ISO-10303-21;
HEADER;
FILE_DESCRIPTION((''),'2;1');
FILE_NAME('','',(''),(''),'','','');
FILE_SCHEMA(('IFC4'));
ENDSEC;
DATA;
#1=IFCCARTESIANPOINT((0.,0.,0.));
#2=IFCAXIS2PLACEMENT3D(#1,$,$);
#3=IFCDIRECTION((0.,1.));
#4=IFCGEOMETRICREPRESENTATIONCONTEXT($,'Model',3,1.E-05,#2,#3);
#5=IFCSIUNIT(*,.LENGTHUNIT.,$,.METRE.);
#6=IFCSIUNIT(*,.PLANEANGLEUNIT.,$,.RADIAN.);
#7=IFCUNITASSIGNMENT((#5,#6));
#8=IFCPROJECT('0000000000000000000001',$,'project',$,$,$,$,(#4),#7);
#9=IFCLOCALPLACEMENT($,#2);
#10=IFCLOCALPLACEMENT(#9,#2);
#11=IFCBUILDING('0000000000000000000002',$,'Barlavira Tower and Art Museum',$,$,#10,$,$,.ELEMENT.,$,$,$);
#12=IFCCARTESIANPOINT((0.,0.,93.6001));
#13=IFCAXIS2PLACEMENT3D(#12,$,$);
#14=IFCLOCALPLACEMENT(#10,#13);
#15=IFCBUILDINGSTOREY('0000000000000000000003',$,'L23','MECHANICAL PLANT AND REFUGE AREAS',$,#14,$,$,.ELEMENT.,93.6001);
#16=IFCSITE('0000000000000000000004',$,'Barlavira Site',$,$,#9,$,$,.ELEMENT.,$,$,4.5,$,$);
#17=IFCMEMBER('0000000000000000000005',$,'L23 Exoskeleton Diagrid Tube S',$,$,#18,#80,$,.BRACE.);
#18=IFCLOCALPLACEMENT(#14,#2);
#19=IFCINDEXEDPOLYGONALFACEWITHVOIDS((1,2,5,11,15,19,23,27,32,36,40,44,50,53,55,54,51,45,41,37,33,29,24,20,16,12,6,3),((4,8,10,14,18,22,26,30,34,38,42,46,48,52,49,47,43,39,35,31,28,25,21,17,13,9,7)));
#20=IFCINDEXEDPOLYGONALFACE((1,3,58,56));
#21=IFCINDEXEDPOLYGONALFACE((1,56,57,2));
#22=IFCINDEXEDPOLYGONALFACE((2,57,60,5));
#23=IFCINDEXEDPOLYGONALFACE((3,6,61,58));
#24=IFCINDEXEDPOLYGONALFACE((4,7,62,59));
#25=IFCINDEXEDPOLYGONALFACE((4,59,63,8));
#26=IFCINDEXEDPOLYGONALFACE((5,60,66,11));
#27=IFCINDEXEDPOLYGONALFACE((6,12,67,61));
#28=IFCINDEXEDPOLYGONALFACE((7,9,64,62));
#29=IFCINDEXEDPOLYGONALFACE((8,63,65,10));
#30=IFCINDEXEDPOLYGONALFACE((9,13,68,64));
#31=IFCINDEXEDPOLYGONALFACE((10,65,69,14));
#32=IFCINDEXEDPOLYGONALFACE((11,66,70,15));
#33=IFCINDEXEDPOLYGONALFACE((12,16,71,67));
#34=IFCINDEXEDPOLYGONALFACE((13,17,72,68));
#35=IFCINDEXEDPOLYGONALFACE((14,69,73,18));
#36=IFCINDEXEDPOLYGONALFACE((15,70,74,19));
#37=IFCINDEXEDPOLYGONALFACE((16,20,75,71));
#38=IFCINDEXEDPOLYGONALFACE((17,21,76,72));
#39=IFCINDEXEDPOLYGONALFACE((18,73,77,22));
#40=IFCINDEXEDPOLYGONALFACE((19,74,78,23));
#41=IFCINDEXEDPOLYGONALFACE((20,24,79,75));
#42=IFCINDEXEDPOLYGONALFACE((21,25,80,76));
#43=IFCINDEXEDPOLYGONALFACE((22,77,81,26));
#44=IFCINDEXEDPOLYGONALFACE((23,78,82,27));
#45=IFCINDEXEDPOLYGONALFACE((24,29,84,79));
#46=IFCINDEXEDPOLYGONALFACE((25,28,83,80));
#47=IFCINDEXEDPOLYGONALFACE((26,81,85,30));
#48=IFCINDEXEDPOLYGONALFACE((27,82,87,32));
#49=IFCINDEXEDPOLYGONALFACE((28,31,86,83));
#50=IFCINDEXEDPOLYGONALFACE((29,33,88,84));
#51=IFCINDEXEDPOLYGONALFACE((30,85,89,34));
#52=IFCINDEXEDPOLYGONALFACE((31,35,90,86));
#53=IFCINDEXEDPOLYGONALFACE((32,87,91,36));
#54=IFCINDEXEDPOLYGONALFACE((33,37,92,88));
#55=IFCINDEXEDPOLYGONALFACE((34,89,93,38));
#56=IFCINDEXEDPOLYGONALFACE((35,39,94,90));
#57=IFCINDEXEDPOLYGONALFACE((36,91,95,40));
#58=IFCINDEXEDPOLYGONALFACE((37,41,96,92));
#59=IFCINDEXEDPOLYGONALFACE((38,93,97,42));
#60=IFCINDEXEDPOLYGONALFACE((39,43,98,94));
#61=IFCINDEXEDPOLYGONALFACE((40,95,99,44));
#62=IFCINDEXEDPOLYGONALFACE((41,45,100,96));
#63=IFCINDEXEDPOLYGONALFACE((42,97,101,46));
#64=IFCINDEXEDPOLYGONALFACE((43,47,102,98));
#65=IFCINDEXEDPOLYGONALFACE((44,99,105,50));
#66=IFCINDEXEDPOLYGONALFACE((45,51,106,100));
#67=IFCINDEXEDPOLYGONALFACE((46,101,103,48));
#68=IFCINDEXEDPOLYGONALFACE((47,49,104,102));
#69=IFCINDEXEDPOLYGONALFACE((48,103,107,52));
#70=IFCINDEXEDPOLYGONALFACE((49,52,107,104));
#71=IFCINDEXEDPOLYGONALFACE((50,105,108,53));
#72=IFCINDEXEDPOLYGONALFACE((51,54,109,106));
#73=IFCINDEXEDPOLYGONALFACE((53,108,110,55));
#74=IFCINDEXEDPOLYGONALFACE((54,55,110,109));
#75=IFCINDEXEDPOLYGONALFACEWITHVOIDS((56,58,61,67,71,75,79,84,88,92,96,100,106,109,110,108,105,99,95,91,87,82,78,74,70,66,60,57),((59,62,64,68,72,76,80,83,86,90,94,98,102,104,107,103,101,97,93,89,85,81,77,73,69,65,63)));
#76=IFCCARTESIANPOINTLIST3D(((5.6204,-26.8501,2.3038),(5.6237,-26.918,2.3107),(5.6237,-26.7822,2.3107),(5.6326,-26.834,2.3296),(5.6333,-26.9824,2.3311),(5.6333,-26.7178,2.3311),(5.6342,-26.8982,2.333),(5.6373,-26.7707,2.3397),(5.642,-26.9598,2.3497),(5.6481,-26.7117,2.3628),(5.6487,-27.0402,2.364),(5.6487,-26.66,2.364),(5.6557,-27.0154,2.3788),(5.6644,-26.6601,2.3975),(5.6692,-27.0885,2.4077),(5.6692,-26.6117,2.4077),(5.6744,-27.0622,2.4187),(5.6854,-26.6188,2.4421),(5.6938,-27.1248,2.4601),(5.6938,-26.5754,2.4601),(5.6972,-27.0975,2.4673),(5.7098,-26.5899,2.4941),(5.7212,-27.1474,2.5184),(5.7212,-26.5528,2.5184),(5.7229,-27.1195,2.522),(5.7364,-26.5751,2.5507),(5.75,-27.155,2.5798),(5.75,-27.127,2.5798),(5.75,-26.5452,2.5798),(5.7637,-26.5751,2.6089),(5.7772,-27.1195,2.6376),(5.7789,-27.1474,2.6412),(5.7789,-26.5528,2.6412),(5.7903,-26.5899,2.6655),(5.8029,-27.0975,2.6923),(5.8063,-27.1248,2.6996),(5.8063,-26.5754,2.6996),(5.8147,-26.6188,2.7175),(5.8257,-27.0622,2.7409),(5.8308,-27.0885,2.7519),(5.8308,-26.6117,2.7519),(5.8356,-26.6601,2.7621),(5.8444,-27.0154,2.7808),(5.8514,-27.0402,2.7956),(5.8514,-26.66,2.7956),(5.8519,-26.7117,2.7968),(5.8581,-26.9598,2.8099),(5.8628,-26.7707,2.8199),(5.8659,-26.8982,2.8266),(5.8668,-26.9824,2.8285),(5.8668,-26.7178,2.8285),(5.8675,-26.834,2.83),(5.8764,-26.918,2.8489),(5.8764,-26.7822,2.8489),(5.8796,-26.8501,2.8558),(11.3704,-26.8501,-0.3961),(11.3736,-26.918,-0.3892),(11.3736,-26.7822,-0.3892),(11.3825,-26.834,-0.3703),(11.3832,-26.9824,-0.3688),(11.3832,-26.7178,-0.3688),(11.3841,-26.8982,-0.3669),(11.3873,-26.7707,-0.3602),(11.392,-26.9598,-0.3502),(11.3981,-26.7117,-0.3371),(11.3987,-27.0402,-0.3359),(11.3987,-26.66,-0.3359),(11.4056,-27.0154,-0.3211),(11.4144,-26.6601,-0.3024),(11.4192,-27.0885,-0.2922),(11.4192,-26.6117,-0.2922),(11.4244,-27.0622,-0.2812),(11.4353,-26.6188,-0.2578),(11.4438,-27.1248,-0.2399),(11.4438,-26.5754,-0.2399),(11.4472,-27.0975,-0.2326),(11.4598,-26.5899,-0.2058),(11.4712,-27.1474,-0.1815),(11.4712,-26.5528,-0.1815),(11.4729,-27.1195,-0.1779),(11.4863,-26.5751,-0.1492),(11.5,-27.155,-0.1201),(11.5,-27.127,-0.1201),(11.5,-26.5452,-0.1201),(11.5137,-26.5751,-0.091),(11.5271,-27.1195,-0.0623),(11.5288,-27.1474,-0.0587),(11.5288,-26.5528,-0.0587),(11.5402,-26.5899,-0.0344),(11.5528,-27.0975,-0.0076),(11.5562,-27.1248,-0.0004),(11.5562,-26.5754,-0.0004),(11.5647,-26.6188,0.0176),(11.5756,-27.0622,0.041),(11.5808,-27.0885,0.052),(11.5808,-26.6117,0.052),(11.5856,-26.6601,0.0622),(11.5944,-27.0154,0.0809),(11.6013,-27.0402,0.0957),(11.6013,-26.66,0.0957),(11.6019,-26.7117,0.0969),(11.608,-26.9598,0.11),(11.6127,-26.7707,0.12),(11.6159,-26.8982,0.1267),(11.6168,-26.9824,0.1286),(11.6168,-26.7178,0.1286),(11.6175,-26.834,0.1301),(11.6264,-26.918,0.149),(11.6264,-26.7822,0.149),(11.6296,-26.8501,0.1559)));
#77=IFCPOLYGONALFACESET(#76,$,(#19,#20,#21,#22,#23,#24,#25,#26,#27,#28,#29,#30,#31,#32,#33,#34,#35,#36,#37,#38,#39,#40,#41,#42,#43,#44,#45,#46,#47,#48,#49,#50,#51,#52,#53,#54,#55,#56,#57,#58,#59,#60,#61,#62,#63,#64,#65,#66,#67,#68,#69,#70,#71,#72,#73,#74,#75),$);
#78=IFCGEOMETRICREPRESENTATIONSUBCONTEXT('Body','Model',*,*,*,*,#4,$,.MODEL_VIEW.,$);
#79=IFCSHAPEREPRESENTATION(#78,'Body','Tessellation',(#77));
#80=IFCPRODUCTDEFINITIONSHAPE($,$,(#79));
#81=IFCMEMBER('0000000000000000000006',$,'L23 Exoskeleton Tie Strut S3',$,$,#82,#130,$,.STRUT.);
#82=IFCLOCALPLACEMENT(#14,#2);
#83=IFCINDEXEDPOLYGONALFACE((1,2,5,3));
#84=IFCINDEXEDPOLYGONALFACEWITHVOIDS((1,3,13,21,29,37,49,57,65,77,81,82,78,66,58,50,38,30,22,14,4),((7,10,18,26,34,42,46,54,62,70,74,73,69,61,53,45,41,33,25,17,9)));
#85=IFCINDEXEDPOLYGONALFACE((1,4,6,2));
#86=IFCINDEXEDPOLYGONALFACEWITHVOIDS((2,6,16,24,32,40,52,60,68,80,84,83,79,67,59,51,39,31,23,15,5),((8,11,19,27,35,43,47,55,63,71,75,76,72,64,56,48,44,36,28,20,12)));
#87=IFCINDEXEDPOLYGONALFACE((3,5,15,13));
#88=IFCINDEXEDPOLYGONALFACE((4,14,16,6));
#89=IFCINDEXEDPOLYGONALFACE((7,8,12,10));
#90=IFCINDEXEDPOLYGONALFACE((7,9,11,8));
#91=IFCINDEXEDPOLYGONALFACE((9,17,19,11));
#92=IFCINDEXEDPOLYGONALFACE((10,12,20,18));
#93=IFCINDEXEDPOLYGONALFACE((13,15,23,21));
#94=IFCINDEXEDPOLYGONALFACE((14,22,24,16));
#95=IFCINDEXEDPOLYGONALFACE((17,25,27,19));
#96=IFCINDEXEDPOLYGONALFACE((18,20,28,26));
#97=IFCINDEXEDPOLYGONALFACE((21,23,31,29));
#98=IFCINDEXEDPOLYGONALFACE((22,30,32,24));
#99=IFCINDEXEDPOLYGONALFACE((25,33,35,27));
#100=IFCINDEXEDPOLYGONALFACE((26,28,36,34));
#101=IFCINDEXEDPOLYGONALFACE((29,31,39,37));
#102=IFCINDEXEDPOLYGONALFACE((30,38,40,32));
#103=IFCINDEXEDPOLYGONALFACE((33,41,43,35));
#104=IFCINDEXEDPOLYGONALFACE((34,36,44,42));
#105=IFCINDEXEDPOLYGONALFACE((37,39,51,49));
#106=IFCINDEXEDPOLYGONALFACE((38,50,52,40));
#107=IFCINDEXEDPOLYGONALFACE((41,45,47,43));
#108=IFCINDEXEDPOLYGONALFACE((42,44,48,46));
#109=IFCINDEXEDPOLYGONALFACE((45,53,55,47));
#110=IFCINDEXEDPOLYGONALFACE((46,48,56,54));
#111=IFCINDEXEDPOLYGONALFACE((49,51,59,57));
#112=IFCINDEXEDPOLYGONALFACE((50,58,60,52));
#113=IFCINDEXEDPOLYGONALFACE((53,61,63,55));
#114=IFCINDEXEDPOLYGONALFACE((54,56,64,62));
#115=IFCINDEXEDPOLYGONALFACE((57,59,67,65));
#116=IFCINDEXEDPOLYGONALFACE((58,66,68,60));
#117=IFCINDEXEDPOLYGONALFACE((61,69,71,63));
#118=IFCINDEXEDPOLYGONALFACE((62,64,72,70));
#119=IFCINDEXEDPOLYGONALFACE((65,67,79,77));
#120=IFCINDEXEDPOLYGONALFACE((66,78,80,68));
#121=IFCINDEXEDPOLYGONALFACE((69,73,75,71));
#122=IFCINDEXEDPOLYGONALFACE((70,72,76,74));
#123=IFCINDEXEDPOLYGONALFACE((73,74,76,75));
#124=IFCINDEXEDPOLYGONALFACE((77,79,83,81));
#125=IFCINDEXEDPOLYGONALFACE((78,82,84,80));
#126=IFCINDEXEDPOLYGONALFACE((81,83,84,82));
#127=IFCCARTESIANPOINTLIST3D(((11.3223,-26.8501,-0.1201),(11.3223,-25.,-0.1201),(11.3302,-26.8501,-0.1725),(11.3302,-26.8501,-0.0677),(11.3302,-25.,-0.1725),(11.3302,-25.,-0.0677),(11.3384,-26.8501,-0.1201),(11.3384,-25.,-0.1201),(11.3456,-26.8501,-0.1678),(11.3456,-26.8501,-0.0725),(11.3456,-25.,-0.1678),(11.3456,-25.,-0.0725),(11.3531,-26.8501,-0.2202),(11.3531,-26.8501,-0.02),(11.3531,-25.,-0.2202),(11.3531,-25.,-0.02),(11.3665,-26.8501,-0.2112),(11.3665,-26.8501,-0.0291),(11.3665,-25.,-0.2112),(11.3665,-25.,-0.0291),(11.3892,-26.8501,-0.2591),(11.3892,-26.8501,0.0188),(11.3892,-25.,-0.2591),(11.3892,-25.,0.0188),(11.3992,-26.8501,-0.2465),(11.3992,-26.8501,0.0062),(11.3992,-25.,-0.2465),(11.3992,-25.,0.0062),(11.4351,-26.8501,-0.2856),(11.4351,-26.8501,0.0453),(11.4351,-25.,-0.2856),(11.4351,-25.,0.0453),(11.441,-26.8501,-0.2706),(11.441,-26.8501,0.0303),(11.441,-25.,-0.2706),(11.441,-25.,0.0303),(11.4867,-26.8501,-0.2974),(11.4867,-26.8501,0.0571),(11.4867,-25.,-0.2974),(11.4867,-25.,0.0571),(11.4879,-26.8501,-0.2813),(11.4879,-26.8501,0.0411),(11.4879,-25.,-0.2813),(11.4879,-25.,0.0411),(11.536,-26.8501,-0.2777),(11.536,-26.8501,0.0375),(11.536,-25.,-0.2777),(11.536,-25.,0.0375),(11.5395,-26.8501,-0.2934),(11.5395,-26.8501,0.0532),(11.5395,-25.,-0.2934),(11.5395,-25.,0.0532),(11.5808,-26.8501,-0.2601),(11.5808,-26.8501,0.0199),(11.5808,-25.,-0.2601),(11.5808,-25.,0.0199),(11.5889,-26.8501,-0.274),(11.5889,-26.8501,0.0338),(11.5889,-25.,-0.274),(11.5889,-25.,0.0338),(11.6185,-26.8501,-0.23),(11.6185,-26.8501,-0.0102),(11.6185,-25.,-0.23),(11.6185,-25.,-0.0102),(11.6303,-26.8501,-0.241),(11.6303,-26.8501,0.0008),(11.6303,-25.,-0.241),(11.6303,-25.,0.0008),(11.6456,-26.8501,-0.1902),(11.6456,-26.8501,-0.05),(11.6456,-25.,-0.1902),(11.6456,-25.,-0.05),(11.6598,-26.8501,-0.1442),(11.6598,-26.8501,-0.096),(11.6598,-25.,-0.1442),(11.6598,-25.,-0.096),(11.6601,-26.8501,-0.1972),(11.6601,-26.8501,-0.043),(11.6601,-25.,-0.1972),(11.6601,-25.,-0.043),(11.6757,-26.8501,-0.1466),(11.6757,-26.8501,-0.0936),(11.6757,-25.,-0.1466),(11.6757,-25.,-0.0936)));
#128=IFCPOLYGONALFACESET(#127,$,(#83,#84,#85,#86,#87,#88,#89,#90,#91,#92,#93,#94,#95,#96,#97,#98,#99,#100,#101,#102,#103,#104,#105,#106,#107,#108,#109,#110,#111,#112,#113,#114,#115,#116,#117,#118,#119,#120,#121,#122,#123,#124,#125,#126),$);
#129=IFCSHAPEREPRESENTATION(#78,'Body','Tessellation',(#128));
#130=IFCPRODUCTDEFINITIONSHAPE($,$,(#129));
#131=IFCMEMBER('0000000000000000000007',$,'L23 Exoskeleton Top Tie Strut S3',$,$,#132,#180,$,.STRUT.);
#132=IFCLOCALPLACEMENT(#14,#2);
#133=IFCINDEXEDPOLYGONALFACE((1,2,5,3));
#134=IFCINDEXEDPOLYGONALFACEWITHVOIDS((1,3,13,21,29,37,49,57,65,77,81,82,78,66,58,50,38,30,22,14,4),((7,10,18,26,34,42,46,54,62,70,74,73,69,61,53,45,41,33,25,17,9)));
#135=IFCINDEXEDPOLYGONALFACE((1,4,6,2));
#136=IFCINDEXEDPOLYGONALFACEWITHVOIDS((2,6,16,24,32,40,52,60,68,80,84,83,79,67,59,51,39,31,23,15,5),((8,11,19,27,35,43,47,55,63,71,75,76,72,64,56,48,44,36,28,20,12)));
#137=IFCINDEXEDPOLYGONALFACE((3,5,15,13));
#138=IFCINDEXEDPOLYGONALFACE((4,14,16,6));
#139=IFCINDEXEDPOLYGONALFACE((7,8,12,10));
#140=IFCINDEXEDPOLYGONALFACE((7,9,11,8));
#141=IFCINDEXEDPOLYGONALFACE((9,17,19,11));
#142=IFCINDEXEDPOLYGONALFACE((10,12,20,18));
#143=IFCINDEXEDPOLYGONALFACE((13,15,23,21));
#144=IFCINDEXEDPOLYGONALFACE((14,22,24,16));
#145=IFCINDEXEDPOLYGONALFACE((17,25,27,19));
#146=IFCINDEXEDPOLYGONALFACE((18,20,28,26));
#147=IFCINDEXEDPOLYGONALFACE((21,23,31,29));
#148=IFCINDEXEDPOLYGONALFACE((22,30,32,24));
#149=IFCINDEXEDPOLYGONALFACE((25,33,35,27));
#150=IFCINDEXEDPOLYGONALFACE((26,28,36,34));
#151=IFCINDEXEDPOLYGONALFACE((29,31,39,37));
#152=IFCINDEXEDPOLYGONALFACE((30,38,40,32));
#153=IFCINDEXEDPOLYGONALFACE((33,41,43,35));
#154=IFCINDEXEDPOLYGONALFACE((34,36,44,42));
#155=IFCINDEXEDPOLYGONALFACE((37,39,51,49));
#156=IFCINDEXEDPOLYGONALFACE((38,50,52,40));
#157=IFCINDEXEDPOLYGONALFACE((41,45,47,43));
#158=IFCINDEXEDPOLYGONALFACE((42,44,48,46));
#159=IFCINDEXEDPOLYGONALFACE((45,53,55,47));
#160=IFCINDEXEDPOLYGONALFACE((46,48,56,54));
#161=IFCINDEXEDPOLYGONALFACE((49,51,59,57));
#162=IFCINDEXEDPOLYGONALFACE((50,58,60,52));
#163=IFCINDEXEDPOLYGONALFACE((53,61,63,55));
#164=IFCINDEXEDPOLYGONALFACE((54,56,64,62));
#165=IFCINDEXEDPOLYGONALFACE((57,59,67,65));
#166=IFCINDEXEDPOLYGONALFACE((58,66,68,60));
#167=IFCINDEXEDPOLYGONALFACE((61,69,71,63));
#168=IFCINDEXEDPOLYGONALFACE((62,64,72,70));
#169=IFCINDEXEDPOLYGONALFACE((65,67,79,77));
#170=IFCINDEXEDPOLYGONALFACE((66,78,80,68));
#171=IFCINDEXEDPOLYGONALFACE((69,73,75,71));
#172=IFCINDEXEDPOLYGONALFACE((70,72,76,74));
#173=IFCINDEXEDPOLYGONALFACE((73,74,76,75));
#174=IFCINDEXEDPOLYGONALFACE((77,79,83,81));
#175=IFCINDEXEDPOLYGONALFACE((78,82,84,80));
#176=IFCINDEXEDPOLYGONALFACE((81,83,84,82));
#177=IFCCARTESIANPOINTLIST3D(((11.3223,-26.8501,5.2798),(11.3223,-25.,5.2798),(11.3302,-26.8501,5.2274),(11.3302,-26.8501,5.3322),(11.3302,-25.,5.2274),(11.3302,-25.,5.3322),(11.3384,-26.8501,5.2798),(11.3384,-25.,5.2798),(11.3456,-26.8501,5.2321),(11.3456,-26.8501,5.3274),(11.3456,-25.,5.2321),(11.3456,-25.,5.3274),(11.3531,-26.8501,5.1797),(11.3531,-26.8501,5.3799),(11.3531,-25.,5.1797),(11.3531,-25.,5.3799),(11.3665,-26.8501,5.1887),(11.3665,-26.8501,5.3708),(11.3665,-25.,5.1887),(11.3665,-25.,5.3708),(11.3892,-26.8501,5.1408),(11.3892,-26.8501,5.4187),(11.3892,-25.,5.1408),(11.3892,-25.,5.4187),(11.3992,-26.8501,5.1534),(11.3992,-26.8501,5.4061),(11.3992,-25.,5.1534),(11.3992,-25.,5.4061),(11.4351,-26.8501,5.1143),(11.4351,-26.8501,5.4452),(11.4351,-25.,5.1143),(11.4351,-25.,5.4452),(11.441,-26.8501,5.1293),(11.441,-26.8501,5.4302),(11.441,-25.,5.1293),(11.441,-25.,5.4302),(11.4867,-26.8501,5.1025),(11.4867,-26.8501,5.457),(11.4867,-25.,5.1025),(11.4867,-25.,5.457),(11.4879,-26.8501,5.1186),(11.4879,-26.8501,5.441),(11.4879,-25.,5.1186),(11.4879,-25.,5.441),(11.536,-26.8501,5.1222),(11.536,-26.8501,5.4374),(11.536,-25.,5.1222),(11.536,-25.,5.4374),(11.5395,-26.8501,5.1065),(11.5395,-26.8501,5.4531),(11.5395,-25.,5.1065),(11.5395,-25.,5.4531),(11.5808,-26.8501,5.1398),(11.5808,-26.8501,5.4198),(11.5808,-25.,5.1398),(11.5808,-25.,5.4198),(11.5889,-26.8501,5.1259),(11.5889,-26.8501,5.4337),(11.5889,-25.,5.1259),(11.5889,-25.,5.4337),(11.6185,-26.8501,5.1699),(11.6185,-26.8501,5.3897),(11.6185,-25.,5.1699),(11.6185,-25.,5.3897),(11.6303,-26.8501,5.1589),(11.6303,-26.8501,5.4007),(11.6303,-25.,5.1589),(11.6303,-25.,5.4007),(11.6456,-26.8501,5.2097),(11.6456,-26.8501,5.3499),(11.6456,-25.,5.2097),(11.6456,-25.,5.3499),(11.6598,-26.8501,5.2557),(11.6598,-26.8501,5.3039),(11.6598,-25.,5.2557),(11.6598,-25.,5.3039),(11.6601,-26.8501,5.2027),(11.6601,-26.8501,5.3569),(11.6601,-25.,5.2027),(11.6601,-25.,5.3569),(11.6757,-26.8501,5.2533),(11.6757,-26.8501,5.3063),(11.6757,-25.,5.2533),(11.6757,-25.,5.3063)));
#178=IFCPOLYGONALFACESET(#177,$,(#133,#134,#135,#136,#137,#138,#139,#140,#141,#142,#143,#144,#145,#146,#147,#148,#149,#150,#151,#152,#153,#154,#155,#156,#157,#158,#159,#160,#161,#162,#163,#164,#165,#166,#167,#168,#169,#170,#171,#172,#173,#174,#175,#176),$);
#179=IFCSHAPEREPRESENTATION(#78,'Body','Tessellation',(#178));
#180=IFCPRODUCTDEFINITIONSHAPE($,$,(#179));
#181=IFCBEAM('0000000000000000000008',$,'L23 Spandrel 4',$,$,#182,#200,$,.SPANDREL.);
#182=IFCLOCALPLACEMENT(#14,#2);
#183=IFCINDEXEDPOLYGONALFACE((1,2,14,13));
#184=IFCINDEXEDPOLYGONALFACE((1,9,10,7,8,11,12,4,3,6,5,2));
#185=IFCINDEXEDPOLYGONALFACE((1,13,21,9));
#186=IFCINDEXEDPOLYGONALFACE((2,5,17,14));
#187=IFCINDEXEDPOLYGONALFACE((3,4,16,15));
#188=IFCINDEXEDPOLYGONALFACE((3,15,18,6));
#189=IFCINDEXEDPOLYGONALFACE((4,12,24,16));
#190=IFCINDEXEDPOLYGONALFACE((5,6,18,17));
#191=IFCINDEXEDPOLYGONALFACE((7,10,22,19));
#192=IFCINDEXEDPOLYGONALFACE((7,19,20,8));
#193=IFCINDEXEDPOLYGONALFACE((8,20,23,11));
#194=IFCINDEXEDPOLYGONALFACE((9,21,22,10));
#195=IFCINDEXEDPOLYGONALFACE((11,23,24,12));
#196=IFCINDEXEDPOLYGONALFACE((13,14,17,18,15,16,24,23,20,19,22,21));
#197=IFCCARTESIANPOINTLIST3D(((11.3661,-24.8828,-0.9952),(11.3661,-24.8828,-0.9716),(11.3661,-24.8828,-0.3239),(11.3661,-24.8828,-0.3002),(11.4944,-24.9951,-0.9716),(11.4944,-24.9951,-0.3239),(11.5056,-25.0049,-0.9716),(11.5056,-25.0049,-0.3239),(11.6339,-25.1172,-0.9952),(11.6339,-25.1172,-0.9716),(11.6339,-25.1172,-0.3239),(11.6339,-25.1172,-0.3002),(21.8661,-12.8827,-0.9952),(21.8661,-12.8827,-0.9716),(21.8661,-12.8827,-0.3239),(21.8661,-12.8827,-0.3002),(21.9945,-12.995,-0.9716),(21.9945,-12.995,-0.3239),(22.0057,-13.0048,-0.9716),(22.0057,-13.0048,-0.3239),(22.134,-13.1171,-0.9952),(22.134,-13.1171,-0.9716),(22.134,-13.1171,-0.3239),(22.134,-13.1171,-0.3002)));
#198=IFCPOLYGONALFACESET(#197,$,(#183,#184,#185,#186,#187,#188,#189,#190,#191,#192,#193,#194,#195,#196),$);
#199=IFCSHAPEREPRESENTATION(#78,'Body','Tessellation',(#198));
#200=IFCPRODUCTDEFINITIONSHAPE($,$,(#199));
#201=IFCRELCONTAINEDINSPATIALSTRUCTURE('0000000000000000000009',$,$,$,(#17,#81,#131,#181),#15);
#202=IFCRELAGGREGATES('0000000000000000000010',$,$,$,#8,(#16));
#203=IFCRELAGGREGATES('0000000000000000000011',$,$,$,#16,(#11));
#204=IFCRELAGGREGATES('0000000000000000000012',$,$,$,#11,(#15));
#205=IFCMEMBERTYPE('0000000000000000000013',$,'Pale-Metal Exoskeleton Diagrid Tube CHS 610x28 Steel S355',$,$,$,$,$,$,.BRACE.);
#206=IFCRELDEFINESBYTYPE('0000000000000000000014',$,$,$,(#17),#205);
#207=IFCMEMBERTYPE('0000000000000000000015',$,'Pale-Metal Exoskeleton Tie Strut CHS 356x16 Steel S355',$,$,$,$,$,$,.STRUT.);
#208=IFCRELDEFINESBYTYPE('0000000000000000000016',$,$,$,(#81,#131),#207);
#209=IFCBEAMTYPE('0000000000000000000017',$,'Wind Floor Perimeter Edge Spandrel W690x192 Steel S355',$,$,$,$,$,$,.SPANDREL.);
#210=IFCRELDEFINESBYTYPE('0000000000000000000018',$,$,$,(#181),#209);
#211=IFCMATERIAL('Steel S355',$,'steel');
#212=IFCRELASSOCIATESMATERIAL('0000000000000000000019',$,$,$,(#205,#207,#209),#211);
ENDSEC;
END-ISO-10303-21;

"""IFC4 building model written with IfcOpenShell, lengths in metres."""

from ifc_helpers import new_model, si_unit, direction, frame, origin, origin_2d, place, context, subcontext, project, spatial, hollow_circle, i_section, extrude, material, material_profile, profile_set, type_object, element, save


model = new_model("IFC4")

# Units and contexts
model_context = context("Model", 3, precision=1e-05, world=origin(), true_north=direction((0.0, 1.0)))
body_context = subcontext(model_context, "Body", "Model", "MODEL_VIEW")
ifc_project = project(units=[si_unit("LENGTHUNIT", "METRE"), si_unit("PLANEANGLEUNIT", "RADIAN")], contexts=[model_context])

# Site, building, storey
site_placement = place(None, origin())
site = spatial("IfcSite", under=ifc_project, at=site_placement, Name="Barlavira Site", CompositionType="ELEMENT", RefElevation=4.5)
building_placement = place(site_placement, origin())
building = spatial("IfcBuilding", under=site, at=building_placement, Name="Barlavira Tower and Art Museum", CompositionType="ELEMENT")
storey_placement = place(building_placement, frame((0.0, 0.0, 93.6001)))
storey = spatial("IfcBuildingStorey", under=building, at=storey_placement, Name="L23", Description="MECHANICAL PLANT AND REFUGE AREAS", CompositionType="ELEMENT", Elevation=93.6001)

# Members
ifc_material_1 = material(Name="Steel S355", Category="steel")
ifc_material_profile_1 = material_profile(ifc_material_1, hollow_circle(Radius=0.3049, WallThickness=0.0281, at=origin_2d()), Name="CHS 610.0x28.0")
ifc_profile_set_1 = profile_set([ifc_material_profile_1], Name="Steel S355")
member_type_1 = type_object("IfcMemberType", Name="Pale-Metal Exoskeleton Diagrid Tube CHS 610x28 Steel S355", PredefinedType="BRACE", material=ifc_profile_set_1)
member_1_placement = place(storey_placement, frame((11.5, -26.8501, -0.1201), z_axis=(-0.905178, 0.0, 0.425032), x_axis=(0.0, -1.0, 0.0)))
element("IfcMember", 1, at=member_1_placement, inside=storey, type_object=member_type_1, Name="L23 Exoskeleton Diagrid Tube S", PredefinedType="BRACE", context=body_context, shape_type="SweptSolid", body=[
    extrude(hollow_circle(Radius=0.3049, WallThickness=0.0281, at=origin_2d()), origin(), (0.0, 0.0, 1.0), 6.3523),
])
ifc_material_profile_2 = material_profile(ifc_material_1, hollow_circle(Radius=0.1777, WallThickness=0.0161, at=origin_2d()), Name="CHS 355.6x16.0")
ifc_profile_set_2 = profile_set([ifc_material_profile_2], Name="Steel S355")
member_type_2 = type_object("IfcMemberType", Name="Pale-Metal Exoskeleton Tie Strut CHS 356x16 Steel S355", PredefinedType="STRUT", material=ifc_profile_set_2)
for number, where, z_axis, x_axis, name in (
    (2, (11.5, -26.8501, -0.1201), (0.0, 1.0, 0.0), (-1.0, 0.0, 0.0), "L23 Exoskeleton Tie Strut S3"),
    (3, (11.5, -26.8501, 5.2798), (0.0, 1.0, 0.0), (-1.0, 0.0, 0.0), "L23 Exoskeleton Top Tie Strut S3"),
):
    element("IfcMember", number, at=place(storey_placement, frame(where, z_axis=z_axis, x_axis=x_axis)), inside=storey, type_object=member_type_2, Name=name, PredefinedType="STRUT", context=body_context, shape_type="SweptSolid", body=[
        extrude(hollow_circle(Radius=0.1777, WallThickness=0.0161, at=origin_2d()), origin(), (0.0, 0.0, 1.0), 1.8501),
    ])

# Beam
ifc_material_profile_3 = material_profile(ifc_material_1, i_section(OverallWidth=0.356, OverallDepth=0.6951, WebThickness=0.0149, FlangeThickness=0.0237, at=origin_2d()), Name="W690x192.0")
ifc_profile_set_3 = profile_set([ifc_material_profile_3], Name="Steel S355")
beam_type_1 = type_object("IfcBeamType", Name="Wind Floor Perimeter Edge Spandrel W690x192 Steel S355", PredefinedType="SPANDREL", material=ifc_profile_set_3)
beam_1_placement = place(storey_placement, frame((11.5, -25.0, -0.6477), z_axis=(0.658505, 0.752577, 0.0), x_axis=(-0.752577, 0.658505, 0.0)))
element("IfcBeam", 4, at=beam_1_placement, inside=storey, type_object=beam_type_1, Name="L23 Spandrel 4", PredefinedType="SPANDREL", context=body_context, shape_type="SweptSolid", body=[
    extrude(i_section(OverallWidth=0.356, OverallDepth=0.6951, WebThickness=0.0149, FlangeThickness=0.0237, at=origin_2d()), origin(), (0.0, 0.0, 1.0), 15.9453),
])

save(model, "model.ifc")
